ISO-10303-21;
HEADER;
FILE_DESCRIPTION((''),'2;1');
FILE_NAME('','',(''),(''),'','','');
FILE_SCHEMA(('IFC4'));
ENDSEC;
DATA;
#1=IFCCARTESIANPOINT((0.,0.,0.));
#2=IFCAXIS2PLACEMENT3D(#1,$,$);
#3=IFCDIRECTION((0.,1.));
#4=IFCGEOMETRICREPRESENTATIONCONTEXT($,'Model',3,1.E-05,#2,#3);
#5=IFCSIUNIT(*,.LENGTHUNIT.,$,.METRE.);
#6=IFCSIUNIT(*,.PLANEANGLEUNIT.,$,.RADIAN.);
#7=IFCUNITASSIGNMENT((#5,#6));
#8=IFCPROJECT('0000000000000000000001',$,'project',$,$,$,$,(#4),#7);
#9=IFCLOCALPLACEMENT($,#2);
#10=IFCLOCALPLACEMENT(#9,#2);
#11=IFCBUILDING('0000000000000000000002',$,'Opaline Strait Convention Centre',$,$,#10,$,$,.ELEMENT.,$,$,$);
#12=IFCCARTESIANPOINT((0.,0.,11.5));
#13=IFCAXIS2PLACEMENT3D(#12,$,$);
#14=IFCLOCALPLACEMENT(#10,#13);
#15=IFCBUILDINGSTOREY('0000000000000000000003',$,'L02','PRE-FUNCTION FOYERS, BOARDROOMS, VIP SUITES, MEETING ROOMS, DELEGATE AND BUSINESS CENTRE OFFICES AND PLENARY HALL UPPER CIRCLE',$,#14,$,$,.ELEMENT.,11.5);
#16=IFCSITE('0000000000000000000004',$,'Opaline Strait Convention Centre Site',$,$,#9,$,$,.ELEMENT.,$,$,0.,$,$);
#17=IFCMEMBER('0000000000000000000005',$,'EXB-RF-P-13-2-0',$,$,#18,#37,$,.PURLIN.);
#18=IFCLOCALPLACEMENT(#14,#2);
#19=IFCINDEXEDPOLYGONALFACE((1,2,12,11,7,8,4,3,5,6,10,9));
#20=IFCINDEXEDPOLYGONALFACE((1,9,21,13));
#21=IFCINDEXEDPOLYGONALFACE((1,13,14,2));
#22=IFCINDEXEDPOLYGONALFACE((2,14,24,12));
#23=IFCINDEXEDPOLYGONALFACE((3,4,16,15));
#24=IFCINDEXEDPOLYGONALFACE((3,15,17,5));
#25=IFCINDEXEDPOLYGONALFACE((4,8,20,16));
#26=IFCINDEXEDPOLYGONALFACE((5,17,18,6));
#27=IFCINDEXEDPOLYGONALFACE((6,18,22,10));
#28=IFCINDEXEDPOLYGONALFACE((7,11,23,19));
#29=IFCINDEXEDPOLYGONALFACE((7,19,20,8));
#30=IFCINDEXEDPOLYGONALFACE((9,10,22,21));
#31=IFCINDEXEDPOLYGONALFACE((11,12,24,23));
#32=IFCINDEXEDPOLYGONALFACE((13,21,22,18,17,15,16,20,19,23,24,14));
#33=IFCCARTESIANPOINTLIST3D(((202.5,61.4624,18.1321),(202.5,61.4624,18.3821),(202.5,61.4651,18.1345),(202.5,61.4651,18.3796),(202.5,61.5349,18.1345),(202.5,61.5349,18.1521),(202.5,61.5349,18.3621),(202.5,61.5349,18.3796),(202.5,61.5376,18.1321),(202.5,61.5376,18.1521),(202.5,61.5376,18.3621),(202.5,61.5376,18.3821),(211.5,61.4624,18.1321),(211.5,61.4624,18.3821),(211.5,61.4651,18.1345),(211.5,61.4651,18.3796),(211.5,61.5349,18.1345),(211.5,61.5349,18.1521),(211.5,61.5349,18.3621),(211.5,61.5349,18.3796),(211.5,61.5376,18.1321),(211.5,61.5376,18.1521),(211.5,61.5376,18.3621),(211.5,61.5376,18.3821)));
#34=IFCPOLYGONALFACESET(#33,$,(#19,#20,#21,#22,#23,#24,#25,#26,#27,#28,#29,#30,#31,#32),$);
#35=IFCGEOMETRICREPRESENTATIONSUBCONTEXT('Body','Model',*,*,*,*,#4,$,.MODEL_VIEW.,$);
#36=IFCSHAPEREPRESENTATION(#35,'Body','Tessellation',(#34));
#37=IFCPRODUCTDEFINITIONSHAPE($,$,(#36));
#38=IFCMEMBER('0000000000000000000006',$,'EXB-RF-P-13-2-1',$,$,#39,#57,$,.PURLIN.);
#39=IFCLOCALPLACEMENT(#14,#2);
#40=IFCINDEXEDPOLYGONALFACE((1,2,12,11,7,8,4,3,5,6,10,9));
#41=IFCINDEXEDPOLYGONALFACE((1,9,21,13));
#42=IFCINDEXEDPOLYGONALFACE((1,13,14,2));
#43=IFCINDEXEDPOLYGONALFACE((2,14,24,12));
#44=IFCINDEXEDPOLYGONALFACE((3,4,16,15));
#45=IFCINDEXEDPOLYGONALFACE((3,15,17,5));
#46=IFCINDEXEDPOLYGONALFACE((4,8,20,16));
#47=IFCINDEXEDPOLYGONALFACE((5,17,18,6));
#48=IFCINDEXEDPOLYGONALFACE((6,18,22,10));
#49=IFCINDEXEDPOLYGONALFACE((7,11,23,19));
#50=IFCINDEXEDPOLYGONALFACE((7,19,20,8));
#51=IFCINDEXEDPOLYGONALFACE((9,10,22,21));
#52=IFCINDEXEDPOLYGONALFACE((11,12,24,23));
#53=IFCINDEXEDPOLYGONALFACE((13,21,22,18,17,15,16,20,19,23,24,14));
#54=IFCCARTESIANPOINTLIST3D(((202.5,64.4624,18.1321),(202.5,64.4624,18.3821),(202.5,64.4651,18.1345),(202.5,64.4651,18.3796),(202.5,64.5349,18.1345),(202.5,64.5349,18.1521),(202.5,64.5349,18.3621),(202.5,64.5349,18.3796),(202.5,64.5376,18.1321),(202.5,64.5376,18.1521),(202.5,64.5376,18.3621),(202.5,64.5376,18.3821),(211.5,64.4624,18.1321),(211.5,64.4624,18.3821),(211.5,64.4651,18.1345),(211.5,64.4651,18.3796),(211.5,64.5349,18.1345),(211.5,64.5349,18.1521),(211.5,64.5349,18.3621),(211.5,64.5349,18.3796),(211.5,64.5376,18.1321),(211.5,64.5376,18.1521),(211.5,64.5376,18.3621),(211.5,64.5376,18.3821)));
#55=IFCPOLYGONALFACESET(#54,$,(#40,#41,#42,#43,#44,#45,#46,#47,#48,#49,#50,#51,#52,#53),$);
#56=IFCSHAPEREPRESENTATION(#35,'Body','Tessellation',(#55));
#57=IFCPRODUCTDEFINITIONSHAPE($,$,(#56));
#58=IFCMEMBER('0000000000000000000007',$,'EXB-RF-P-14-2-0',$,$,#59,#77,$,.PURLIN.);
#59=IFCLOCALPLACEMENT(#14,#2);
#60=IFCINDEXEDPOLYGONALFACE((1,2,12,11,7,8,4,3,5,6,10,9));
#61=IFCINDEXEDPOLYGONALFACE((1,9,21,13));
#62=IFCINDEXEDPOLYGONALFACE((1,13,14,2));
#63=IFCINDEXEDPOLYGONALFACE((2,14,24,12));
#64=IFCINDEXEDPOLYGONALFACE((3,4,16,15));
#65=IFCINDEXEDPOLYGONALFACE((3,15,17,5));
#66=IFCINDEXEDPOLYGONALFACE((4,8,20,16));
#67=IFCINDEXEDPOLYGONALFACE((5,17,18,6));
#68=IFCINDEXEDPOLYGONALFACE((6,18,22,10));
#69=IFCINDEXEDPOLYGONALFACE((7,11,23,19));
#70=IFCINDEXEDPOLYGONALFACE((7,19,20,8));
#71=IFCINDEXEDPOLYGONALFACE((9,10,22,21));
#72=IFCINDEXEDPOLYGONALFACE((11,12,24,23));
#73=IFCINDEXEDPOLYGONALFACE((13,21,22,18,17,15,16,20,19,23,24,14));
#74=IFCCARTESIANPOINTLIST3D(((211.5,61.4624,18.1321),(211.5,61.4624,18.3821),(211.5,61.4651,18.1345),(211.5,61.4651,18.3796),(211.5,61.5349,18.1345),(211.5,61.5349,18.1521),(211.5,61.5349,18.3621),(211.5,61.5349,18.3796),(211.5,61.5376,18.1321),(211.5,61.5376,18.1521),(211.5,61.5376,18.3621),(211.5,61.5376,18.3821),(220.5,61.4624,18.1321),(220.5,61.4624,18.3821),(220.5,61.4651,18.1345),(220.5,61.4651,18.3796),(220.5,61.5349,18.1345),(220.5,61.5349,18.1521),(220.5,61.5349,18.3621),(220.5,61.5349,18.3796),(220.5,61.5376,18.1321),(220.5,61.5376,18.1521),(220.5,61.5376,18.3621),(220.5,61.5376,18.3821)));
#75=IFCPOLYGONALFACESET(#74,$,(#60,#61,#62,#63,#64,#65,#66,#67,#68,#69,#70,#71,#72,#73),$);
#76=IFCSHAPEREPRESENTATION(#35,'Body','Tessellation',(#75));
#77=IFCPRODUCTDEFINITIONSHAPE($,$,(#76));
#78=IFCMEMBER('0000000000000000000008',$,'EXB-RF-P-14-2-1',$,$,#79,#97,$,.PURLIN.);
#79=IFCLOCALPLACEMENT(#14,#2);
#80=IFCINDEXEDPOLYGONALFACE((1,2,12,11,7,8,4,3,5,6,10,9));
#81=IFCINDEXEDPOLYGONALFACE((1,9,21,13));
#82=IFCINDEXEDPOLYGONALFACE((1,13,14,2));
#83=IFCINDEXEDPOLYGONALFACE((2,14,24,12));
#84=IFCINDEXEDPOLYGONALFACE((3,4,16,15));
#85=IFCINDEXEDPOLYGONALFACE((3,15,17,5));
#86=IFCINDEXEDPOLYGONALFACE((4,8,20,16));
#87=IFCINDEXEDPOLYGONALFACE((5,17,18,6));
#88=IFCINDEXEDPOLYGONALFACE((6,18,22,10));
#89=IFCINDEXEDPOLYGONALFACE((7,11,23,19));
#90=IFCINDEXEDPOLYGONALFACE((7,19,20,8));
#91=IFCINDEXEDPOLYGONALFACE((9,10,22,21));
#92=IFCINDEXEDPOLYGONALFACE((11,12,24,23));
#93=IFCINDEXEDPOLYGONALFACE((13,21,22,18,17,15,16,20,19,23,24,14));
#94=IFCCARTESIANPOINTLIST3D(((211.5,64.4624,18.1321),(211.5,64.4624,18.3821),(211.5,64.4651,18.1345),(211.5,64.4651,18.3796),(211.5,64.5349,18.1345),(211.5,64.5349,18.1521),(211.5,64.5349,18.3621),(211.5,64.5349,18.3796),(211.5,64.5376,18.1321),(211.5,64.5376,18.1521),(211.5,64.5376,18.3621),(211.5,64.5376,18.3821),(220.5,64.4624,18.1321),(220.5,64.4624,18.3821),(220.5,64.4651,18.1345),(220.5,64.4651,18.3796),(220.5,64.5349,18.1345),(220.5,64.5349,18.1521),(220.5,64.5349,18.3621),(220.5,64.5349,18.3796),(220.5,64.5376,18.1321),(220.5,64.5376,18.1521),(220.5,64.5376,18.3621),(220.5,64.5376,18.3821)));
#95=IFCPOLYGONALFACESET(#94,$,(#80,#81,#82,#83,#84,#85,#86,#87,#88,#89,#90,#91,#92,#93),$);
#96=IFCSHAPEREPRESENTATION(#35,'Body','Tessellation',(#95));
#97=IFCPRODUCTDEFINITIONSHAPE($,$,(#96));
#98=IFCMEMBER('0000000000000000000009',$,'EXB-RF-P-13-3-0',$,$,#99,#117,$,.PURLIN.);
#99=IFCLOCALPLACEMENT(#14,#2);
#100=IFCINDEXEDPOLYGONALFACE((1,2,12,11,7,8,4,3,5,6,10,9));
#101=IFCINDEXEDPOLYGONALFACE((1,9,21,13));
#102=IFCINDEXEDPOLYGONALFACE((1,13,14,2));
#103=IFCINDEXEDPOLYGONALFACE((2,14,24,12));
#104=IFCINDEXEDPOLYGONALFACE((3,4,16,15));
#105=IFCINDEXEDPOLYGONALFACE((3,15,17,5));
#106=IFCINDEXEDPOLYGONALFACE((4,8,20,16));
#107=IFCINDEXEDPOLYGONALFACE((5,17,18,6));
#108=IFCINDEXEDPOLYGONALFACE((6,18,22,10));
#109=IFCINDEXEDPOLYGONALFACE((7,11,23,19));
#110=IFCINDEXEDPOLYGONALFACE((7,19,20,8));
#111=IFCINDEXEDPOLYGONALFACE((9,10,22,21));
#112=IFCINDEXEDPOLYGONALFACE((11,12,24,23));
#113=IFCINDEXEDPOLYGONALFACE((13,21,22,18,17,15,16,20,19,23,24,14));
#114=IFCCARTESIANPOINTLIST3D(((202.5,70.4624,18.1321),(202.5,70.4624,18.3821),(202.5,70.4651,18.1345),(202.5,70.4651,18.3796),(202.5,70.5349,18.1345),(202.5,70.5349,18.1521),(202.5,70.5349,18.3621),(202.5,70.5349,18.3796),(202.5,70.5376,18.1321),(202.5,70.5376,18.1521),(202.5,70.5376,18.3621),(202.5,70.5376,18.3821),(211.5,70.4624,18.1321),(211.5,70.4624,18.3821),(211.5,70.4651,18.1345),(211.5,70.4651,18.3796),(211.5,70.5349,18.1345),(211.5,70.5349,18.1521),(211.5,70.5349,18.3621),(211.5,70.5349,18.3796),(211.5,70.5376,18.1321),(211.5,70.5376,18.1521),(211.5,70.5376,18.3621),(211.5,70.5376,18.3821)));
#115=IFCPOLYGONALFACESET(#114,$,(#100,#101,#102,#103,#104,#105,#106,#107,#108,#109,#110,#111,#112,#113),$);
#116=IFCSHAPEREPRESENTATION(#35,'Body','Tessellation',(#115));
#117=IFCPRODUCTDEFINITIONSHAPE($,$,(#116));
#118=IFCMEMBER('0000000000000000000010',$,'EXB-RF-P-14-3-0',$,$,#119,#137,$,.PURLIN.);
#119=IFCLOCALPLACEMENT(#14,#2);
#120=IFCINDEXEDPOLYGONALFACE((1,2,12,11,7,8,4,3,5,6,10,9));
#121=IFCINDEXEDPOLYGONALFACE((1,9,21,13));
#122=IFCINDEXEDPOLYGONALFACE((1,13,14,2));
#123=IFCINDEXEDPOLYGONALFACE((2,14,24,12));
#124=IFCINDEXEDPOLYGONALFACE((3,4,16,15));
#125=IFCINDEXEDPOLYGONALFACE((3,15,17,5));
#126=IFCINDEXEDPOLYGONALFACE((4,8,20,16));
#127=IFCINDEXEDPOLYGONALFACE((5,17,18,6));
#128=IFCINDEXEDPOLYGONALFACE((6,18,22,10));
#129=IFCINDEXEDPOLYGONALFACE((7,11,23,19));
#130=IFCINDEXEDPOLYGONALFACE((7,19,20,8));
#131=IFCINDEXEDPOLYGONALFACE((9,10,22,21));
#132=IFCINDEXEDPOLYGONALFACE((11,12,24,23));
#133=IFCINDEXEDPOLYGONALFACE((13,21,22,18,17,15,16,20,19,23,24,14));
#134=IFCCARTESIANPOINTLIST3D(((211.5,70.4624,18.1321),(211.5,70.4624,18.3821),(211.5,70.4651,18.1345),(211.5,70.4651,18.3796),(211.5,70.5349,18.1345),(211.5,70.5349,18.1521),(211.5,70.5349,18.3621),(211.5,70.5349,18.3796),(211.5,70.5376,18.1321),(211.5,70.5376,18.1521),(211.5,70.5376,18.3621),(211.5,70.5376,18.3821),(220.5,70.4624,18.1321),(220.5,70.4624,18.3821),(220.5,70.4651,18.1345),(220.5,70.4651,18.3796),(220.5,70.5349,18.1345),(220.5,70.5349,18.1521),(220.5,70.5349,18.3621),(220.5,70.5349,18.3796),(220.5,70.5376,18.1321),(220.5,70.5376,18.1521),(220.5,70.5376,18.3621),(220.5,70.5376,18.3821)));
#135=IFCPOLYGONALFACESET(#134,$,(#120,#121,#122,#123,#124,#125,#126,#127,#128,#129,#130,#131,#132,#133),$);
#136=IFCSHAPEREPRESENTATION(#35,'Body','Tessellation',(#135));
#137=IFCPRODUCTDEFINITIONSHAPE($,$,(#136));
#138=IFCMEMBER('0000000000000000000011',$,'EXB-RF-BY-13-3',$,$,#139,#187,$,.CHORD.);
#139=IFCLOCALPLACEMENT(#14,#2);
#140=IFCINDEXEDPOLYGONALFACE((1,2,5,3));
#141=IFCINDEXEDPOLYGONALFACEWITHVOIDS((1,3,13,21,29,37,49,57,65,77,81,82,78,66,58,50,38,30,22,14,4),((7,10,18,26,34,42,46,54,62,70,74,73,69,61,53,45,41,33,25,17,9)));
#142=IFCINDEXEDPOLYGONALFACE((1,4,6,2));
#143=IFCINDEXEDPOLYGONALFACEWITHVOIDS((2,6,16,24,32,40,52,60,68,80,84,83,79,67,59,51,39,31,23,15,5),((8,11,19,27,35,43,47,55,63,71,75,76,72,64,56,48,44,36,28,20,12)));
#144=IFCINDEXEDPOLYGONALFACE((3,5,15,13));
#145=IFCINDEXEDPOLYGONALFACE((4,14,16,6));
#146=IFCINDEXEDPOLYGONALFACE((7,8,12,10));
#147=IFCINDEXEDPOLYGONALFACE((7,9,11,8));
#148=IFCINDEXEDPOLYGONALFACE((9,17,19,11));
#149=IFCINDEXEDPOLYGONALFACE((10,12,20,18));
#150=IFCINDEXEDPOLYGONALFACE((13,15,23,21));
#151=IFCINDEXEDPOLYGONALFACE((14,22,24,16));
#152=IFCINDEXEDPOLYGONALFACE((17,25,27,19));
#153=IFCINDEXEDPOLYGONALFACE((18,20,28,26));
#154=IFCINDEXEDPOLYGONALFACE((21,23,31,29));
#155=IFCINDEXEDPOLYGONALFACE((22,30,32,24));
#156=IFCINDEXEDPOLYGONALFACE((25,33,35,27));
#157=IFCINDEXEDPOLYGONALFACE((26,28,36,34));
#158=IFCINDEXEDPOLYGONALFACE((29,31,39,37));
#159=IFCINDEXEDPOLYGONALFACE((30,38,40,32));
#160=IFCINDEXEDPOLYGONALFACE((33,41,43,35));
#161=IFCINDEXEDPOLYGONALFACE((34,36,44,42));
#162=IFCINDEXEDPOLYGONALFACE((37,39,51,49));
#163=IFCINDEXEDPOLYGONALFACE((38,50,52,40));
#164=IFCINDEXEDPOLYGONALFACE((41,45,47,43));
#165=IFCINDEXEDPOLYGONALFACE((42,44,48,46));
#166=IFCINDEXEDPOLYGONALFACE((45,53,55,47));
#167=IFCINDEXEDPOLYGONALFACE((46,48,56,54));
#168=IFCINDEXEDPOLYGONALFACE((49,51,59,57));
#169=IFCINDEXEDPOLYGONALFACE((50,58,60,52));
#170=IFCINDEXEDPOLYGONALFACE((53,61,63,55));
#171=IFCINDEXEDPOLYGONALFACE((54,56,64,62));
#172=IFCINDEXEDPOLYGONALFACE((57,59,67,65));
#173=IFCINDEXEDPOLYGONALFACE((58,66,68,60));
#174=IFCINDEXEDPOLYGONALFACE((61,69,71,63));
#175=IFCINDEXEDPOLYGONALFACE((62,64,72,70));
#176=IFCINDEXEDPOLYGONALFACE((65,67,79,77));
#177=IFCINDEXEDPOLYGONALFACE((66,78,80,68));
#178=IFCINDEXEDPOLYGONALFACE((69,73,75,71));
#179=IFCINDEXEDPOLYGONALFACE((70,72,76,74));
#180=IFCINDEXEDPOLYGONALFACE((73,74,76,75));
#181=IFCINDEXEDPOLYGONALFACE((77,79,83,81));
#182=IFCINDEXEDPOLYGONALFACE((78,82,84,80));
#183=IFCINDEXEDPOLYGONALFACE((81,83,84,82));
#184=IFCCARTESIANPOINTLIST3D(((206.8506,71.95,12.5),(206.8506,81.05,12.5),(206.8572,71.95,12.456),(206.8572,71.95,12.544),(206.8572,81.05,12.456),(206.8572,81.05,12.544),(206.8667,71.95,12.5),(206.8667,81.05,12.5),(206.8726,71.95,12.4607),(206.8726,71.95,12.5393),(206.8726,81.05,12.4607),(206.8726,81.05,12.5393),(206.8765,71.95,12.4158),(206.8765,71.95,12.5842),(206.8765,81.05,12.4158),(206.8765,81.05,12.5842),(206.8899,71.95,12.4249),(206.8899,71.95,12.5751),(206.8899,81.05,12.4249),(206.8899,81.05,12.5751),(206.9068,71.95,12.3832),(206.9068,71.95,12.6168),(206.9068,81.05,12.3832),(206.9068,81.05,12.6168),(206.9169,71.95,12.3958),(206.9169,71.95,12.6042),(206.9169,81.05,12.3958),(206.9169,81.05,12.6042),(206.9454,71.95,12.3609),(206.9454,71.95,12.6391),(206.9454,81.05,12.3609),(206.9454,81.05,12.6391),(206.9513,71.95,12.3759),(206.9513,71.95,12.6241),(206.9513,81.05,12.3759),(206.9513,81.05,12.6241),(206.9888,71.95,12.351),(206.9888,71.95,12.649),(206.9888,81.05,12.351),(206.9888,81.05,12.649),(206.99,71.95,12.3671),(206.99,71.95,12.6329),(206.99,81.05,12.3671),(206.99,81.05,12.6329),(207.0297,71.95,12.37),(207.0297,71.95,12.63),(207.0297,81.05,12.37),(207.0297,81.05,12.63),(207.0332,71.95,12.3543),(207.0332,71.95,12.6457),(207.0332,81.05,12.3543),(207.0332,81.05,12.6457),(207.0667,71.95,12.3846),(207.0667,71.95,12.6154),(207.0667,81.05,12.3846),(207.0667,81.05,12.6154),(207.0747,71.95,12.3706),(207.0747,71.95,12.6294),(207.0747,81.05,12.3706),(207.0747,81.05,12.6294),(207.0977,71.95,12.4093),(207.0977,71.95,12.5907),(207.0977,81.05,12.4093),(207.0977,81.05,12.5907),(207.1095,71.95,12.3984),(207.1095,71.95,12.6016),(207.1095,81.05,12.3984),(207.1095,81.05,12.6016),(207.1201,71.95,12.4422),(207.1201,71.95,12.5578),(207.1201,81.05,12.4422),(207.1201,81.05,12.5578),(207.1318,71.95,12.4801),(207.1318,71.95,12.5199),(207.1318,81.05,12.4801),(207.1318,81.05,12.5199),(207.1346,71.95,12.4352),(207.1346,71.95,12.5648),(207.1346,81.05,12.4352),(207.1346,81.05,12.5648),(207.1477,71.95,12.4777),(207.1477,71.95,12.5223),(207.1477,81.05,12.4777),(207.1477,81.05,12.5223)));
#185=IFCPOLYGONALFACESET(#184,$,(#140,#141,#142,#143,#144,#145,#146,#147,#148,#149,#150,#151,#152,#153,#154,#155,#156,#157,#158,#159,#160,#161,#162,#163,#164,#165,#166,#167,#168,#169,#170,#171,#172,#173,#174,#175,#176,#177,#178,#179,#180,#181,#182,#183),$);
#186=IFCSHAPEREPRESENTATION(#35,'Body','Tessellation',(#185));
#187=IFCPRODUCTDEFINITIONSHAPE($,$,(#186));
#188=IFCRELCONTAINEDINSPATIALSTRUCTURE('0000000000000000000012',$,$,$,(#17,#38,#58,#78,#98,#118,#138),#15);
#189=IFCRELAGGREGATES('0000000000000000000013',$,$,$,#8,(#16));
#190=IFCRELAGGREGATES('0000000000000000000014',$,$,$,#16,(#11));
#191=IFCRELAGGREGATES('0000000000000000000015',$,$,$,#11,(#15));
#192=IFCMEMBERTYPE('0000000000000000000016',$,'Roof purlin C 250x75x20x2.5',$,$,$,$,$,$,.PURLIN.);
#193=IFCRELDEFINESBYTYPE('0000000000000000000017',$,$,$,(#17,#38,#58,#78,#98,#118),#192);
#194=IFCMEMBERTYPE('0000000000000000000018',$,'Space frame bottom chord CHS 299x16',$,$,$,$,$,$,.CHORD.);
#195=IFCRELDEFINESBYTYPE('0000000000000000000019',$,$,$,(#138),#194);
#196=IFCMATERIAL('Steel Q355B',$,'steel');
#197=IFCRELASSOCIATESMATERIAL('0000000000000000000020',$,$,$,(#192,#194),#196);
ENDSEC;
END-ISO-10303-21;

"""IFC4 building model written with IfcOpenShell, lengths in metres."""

from ifc_helpers import new_model, si_unit, direction, frame, origin, origin_2d, place, context, subcontext, project, spatial, polyline, hollow_circle, outline, extrude, material, material_profile, profile_set, type_object, element, save


model = new_model("IFC4")

# Units and contexts
model_context = context("Model", 3, precision=1e-05, world=origin(), true_north=direction((0.0, 1.0)))
body_context = subcontext(model_context, "Body", "Model", "MODEL_VIEW")
ifc_project = project(units=[si_unit("LENGTHUNIT", "METRE"), si_unit("PLANEANGLEUNIT", "RADIAN")], contexts=[model_context])

# Site, building, storey
site_placement = place(None, origin())
site = spatial("IfcSite", under=ifc_project, at=site_placement, Name="Opaline Strait Convention Centre Site", CompositionType="ELEMENT", RefElevation=0.0)
building_placement = place(site_placement, origin())
building = spatial("IfcBuilding", under=site, at=building_placement, Name="Opaline Strait Convention Centre", CompositionType="ELEMENT")
storey_placement = place(building_placement, frame((0.0, 0.0, 11.5)))
storey = spatial("IfcBuildingStorey", under=building, at=storey_placement, Name="L02", Description="PRE-FUNCTION FOYERS, BOARDROOMS, VIP SUITES, MEETING ROOMS, DELEGATE AND BUSINESS CENTRE OFFICES AND PLENARY HALL UPPER CIRCLE", CompositionType="ELEMENT", Elevation=11.5)

# Members
ifc_material = material(Name="Steel Q355B", Category="steel")
ifc_material_profile_1 = material_profile(ifc_material, outline(polyline([(-0.0376, -0.125), (0.0376, -0.125), (0.0376, -0.105), (0.0349, -0.105), (0.0349, -0.1226), (-0.0349, -0.1226), (-0.0349, 0.1226), (0.0349, 0.1226), (0.0349, 0.105), (0.0376, 0.105), (0.0376, 0.125), (-0.0376, 0.125), (-0.0376, -0.125)])), Name="C 250x75x20x2.5")
ifc_profile_set_1 = profile_set([ifc_material_profile_1], Name="Steel Q355B")
member_type_1 = type_object("IfcMemberType", Name="Roof purlin C 250x75x20x2.5", PredefinedType="PURLIN", material=ifc_profile_set_1)
for number, where, z_axis, x_axis, name in (
    (1, (202.5, 61.5, 18.2571), (1.0, 0.0, 0.0), (0.0, 1.0, 0.0), "EXB-RF-P-13-2-0"),
    (2, (202.5, 64.5, 18.2571), (1.0, 0.0, 0.0), (0.0, 1.0, 0.0), "EXB-RF-P-13-2-1"),
    (3, (211.5, 61.5, 18.2571), (1.0, 0.0, 0.0), (0.0, 1.0, 0.0), "EXB-RF-P-14-2-0"),
    (4, (211.5, 64.5, 18.2571), (1.0, 0.0, 0.0), (0.0, 1.0, 0.0), "EXB-RF-P-14-2-1"),
    (5, (202.5, 70.5, 18.2571), (1.0, 0.0, 0.0), (0.0, 1.0, 0.0), "EXB-RF-P-13-3-0"),
    (6, (211.5, 70.5, 18.2571), (1.0, 0.0, 0.0), (0.0, 1.0, 0.0), "EXB-RF-P-14-3-0"),
):
    element("IfcMember", number, at=place(storey_placement, frame(where, z_axis=z_axis, x_axis=x_axis)), inside=storey, type_object=member_type_1, Name=name, PredefinedType="PURLIN", context=body_context, shape_type="SweptSolid", body=[
        extrude(outline(polyline([(-0.0376, -0.125), (0.0376, -0.125), (0.0376, -0.105), (0.0349, -0.105), (0.0349, -0.1226), (-0.0349, -0.1226), (-0.0349, 0.1226), (0.0349, 0.1226), (0.0349, 0.105), (0.0376, 0.105), (0.0376, 0.125), (-0.0376, 0.125), (-0.0376, -0.125)])), origin(), (0.0, 0.0, 1.0), 9.0),
    ])
ifc_material_profile_2 = material_profile(ifc_material, hollow_circle(Radius=0.1494, WallThickness=0.0161, at=origin_2d()), Name="CHS 299x16")
ifc_profile_set_2 = profile_set([ifc_material_profile_2], Name="Steel Q355B")
member_type_2 = type_object("IfcMemberType", Name="Space frame bottom chord CHS 299x16", PredefinedType="CHORD", material=ifc_profile_set_2)
member_placement = place(storey_placement, frame((207.0, 71.95, 12.5), z_axis=(0.0, 1.0, 0.0), x_axis=(-1.0, 0.0, 0.0)))
element("IfcMember", 7, at=member_placement, inside=storey, type_object=member_type_2, Name="EXB-RF-BY-13-3", PredefinedType="CHORD", context=body_context, shape_type="SweptSolid", body=[
    extrude(hollow_circle(Radius=0.1494, WallThickness=0.0161, at=origin_2d()), origin(), (0.0, 0.0, 1.0), 9.1001),
])

save(model, "model.ifc")
